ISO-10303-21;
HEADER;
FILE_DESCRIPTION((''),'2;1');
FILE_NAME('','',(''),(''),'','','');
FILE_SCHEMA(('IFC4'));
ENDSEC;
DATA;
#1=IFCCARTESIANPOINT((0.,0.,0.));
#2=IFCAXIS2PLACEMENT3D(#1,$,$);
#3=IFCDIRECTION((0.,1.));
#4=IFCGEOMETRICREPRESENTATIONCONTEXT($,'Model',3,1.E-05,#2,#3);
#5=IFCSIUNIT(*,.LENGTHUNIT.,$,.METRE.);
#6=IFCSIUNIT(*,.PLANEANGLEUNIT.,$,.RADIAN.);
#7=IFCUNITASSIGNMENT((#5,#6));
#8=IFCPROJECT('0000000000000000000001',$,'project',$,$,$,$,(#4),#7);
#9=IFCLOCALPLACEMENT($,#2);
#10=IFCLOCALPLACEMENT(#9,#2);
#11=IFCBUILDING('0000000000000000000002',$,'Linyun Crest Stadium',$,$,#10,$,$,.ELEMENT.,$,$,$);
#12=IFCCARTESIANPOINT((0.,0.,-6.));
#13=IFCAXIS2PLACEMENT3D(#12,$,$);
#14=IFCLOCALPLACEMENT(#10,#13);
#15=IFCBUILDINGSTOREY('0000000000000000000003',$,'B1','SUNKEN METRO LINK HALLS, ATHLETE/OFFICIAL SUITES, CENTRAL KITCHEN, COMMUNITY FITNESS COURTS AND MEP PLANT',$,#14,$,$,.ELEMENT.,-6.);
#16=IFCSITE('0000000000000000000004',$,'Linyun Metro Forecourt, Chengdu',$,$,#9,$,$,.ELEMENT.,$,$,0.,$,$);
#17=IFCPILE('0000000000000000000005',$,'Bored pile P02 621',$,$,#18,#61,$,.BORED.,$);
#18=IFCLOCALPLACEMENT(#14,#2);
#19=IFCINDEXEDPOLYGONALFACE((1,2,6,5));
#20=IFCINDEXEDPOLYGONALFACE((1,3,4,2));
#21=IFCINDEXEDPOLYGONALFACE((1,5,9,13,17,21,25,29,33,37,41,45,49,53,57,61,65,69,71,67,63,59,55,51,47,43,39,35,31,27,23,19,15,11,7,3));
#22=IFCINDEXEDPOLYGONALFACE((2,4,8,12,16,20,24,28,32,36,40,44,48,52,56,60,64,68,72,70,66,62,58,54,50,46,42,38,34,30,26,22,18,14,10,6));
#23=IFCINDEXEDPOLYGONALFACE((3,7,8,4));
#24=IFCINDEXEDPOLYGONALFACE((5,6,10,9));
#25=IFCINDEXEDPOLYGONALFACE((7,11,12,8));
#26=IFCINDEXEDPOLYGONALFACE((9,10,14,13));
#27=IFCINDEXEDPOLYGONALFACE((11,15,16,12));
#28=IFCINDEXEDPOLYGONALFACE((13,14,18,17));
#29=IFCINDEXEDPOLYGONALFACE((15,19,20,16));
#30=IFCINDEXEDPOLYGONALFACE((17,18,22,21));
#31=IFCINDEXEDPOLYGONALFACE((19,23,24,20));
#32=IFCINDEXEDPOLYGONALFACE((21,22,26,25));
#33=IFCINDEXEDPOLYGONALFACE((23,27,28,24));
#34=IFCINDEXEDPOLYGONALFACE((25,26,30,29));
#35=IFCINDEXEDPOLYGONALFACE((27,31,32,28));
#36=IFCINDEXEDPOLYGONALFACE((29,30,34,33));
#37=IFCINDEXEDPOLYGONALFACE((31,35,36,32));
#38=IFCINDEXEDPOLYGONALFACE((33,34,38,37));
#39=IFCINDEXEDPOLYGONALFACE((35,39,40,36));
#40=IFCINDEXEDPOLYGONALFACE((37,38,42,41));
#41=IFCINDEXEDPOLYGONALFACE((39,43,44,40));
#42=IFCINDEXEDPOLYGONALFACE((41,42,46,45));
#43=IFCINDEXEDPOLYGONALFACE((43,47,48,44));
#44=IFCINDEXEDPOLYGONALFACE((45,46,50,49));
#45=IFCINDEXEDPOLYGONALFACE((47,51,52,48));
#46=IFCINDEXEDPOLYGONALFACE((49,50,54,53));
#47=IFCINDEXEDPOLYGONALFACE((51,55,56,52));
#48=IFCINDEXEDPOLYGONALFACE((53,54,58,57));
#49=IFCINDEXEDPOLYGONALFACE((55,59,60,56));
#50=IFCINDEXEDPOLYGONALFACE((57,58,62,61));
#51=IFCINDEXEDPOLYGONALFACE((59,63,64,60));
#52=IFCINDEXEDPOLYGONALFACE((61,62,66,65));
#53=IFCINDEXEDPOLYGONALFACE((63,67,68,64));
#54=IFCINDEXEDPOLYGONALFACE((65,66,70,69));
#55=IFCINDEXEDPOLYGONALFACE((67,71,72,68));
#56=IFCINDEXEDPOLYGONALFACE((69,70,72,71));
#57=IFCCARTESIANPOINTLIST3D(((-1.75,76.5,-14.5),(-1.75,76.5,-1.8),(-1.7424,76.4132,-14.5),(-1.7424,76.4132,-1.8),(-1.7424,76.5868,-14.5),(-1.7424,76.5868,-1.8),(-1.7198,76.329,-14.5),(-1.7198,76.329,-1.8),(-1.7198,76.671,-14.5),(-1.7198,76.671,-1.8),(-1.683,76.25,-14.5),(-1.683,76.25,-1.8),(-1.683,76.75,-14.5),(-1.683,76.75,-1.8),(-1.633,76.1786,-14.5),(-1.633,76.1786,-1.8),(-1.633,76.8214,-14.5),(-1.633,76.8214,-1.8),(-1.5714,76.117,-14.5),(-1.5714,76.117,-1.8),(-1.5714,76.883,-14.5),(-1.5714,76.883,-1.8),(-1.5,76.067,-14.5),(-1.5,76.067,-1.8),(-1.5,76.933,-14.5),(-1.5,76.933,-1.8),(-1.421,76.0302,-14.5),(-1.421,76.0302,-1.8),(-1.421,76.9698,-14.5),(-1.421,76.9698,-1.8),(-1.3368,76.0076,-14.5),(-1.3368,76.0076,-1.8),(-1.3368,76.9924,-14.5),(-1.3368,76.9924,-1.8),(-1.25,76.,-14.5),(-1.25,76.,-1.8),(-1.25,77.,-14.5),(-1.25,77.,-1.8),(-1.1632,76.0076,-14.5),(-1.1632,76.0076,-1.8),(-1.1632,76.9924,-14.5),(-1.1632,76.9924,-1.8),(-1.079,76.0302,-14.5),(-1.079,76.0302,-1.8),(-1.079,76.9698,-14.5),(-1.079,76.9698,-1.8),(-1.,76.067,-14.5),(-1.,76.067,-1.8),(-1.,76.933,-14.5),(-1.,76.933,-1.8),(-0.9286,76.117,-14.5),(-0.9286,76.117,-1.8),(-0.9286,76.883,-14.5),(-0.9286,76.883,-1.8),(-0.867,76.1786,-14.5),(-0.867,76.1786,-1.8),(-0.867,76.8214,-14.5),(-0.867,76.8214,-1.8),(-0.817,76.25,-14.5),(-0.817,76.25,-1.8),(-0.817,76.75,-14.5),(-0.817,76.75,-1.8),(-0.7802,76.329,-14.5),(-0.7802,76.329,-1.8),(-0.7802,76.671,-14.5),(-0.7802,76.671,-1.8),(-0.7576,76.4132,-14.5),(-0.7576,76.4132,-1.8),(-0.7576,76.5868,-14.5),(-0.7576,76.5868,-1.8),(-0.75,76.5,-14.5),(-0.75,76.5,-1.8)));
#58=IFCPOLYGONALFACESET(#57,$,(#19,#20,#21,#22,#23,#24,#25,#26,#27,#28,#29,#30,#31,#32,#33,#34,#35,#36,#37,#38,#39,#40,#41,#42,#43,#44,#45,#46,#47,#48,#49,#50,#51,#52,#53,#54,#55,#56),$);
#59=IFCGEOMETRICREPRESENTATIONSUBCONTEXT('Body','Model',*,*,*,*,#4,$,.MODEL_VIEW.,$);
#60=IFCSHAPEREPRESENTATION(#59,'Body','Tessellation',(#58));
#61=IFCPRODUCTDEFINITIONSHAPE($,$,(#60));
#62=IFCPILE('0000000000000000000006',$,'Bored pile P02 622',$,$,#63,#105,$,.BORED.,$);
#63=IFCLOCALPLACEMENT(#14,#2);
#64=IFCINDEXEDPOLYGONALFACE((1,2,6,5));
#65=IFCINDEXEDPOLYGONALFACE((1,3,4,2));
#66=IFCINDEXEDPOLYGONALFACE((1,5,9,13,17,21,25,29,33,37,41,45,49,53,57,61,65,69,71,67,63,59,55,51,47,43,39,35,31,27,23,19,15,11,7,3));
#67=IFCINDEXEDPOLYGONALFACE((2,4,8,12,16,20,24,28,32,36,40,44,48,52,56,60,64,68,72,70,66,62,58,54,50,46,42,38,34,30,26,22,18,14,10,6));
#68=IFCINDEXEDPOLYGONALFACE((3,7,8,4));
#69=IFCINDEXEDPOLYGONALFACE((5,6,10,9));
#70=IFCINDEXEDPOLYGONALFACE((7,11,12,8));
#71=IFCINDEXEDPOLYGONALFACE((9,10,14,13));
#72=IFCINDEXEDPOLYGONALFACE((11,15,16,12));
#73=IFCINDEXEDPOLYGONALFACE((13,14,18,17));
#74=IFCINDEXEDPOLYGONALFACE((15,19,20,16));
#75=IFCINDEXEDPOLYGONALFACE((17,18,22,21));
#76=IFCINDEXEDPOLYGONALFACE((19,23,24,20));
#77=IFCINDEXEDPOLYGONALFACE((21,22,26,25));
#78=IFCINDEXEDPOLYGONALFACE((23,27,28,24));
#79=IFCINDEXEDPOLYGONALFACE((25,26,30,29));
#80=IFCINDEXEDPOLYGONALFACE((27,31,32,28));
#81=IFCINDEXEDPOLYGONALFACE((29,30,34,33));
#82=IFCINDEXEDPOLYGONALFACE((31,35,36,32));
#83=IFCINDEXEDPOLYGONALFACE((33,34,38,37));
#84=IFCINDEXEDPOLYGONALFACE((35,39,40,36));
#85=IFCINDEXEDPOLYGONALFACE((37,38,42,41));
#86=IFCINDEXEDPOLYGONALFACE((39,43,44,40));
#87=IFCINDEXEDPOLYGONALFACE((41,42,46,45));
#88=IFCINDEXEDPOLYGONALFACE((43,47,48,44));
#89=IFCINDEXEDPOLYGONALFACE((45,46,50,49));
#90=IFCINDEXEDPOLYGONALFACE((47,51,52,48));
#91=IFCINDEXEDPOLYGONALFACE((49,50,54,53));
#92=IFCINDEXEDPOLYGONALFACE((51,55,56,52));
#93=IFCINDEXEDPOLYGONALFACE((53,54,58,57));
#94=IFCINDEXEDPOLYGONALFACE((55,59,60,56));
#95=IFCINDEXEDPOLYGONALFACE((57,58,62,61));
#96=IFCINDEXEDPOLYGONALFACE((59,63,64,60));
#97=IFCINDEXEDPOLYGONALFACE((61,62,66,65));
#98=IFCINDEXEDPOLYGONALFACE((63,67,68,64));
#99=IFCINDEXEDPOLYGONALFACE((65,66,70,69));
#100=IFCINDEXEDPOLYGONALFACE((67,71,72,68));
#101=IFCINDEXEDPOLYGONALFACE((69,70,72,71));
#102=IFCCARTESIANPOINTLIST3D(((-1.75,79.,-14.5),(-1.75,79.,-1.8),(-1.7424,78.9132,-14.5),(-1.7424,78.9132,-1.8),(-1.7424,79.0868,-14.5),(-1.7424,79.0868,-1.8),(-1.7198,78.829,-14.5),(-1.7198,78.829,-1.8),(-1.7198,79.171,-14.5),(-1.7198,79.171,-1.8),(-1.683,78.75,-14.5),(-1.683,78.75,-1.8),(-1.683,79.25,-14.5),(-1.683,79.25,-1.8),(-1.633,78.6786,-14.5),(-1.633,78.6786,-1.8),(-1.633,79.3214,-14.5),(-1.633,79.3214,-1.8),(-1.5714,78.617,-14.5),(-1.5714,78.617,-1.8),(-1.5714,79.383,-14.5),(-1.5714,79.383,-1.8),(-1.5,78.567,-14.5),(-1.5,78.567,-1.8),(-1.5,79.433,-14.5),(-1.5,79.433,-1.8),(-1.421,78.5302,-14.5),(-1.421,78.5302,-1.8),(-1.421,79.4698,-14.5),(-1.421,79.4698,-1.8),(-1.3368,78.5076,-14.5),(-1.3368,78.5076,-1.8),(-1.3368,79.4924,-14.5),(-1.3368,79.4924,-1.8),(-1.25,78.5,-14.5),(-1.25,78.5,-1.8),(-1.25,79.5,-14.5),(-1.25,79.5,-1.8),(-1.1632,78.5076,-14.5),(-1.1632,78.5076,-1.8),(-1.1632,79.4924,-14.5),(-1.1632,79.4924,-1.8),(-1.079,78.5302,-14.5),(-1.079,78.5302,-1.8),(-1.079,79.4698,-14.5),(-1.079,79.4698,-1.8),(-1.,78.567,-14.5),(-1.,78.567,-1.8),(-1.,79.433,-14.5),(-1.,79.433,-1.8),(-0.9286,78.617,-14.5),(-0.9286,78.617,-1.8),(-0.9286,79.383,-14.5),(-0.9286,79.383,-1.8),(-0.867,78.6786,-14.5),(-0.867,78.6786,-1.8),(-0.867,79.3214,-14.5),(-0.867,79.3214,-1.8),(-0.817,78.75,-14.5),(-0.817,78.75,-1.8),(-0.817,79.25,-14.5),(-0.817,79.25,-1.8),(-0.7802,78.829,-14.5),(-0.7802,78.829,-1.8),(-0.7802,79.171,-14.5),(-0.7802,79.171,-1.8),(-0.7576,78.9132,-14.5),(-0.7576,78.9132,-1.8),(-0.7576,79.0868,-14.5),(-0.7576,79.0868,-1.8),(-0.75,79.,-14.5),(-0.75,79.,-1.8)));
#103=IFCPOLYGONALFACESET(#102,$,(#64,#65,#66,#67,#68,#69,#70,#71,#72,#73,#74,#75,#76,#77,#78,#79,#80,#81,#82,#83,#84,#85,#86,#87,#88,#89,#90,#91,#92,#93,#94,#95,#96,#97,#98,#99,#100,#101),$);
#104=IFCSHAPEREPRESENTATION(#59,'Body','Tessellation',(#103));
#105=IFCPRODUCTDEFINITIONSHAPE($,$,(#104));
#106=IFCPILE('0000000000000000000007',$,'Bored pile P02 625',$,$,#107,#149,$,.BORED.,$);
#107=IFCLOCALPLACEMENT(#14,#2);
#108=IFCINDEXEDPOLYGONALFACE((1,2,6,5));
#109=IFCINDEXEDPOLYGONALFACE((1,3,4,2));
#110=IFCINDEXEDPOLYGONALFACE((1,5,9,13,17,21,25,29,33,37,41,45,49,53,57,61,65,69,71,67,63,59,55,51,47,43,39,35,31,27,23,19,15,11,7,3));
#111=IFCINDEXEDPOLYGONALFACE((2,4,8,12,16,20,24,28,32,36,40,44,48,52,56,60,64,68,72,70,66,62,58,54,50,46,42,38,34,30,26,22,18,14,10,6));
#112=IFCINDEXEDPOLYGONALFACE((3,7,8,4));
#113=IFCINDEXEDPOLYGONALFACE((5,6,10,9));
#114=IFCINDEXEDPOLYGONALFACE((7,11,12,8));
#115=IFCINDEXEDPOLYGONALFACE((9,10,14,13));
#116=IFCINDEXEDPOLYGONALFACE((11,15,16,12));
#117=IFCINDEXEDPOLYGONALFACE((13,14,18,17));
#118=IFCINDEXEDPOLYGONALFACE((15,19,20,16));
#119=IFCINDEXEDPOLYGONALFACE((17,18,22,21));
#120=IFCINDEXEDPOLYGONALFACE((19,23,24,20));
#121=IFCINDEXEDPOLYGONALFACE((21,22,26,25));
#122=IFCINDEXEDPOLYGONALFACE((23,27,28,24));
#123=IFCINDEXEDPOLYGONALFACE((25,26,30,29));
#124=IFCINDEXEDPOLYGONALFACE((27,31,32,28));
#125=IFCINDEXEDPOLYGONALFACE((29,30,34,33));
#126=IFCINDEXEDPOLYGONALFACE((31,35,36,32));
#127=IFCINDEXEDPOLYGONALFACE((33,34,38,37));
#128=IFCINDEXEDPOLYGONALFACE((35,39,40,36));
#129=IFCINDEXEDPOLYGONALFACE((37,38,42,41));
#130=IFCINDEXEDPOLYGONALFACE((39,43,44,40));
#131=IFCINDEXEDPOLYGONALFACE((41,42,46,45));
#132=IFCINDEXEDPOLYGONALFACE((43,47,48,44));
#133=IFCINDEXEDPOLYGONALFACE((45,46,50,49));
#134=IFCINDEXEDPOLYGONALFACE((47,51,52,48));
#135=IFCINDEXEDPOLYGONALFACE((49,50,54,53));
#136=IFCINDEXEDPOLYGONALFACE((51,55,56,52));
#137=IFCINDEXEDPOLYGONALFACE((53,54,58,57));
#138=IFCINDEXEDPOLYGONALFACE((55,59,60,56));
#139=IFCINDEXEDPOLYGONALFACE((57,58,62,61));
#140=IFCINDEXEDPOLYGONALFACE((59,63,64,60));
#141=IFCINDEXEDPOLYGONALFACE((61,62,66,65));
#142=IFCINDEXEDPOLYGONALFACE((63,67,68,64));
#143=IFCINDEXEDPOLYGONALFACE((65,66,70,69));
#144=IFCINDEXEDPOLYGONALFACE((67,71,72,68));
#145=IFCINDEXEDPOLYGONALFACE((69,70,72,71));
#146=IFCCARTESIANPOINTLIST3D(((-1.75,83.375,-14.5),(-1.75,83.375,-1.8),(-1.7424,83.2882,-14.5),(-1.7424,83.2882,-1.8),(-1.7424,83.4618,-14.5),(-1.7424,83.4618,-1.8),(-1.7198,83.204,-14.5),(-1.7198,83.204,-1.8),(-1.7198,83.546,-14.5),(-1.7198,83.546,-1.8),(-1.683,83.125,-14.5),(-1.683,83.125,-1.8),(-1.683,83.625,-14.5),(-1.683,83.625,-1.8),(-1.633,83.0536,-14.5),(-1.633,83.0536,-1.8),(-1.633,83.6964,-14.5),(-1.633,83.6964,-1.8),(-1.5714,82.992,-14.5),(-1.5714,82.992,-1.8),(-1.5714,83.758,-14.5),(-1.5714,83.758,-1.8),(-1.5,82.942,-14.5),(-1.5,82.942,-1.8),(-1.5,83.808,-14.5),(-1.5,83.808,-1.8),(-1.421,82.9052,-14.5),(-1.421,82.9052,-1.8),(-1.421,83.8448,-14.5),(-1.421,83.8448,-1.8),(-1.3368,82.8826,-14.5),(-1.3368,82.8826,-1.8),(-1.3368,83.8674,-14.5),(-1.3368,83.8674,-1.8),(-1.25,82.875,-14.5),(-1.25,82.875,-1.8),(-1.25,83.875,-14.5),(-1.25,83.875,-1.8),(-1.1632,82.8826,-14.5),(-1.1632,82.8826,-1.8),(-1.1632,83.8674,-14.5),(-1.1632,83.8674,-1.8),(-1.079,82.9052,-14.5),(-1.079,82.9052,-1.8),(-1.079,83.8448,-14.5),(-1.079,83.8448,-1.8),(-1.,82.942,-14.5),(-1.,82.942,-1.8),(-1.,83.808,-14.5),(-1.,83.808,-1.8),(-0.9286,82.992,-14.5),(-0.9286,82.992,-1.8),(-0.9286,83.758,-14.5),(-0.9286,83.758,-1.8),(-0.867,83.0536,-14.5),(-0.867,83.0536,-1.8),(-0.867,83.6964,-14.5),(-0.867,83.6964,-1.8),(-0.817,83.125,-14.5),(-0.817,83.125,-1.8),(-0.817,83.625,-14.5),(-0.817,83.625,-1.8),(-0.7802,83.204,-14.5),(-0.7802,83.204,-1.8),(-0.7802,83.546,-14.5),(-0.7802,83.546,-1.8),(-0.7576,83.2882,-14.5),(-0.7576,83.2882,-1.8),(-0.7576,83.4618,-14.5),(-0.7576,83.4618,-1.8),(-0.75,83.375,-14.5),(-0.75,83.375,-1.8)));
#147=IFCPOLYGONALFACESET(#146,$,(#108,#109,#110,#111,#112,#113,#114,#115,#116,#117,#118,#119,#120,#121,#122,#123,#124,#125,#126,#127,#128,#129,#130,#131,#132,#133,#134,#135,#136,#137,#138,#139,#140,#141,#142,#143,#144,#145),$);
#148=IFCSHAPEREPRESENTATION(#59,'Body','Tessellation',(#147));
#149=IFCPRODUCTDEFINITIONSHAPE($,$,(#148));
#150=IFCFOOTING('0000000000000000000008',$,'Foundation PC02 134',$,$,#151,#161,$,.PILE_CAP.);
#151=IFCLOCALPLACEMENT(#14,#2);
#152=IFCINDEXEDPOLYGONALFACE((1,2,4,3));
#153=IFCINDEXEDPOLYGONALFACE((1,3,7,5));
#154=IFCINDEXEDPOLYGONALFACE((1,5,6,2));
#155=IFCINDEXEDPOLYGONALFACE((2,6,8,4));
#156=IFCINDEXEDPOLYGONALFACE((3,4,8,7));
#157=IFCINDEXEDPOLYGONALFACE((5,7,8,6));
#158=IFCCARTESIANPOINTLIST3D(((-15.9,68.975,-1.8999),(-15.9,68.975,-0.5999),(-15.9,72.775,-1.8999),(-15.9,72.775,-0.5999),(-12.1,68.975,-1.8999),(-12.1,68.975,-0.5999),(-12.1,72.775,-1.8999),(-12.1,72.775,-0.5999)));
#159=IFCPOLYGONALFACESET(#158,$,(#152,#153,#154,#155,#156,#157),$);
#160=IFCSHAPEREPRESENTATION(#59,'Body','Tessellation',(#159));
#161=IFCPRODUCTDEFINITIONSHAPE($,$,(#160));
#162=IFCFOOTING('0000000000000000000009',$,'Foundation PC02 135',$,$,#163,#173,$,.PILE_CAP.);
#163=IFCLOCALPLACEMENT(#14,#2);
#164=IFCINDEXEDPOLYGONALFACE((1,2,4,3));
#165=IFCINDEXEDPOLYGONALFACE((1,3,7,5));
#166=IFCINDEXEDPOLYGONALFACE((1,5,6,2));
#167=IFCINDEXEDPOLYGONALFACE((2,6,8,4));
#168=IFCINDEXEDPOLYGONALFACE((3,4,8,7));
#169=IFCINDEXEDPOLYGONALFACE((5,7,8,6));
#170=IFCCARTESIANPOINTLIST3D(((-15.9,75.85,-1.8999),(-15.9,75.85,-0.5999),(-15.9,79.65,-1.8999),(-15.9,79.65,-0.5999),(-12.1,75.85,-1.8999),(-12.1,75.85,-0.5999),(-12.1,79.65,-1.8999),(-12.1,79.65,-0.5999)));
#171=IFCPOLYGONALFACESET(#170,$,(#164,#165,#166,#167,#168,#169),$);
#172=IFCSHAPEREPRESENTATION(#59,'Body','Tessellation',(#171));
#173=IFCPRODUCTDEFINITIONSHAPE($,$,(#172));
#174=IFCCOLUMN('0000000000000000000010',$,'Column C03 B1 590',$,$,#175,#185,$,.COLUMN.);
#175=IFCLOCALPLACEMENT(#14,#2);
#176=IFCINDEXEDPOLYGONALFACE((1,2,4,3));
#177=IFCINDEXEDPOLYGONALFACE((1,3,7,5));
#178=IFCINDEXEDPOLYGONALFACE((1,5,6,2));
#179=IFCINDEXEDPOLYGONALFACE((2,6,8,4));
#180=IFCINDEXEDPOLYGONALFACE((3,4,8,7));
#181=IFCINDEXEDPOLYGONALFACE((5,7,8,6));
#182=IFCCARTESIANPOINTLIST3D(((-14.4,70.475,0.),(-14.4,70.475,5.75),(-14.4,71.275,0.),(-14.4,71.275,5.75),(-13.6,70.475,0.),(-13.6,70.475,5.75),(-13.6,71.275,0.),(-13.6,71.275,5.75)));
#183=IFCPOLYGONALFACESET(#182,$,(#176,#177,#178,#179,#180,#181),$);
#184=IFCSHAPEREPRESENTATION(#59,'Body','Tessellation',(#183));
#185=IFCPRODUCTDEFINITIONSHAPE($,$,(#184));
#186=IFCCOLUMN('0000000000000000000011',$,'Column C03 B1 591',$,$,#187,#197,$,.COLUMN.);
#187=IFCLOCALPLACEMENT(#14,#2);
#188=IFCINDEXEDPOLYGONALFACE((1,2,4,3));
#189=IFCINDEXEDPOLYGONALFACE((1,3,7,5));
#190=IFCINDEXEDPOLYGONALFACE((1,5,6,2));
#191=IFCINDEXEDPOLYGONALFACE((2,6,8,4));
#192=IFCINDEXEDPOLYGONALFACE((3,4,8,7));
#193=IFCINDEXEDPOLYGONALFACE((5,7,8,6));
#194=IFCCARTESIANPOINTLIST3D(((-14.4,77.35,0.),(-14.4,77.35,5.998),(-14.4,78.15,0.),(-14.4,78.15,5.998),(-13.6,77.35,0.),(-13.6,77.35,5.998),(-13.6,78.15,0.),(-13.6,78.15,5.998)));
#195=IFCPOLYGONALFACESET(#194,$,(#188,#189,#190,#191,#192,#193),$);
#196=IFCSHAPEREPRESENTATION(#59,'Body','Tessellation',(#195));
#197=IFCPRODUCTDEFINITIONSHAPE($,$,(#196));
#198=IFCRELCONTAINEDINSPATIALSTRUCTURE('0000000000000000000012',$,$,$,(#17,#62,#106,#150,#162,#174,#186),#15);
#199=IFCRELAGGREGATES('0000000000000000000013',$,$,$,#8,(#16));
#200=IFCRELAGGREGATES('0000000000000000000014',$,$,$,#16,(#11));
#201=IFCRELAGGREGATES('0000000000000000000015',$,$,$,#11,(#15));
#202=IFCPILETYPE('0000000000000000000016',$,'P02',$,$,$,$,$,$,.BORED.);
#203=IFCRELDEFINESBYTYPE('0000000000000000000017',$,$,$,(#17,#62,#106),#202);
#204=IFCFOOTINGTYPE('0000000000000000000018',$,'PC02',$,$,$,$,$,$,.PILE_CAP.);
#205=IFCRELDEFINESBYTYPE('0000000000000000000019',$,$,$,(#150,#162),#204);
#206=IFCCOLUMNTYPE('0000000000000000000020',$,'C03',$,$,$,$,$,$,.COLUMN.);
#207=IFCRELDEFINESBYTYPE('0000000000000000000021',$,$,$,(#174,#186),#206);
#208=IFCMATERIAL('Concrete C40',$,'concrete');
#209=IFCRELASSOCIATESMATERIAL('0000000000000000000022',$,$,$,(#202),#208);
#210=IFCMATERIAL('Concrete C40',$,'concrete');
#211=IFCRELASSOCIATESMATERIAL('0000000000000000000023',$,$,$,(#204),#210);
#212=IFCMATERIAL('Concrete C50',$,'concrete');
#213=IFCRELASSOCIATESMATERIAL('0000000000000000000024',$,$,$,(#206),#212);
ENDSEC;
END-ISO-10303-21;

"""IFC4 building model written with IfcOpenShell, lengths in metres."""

from ifc_helpers import new_model, si_unit, direction, frame, origin, origin_2d, place, context, subcontext, project, spatial, rectangle, circle, extrude, material, material_profile, profile_set, type_object, element, save


model = new_model("IFC4")

# Units and contexts
model_context = context("Model", 3, precision=1e-05, world=origin(), true_north=direction((0.0, 1.0)))
body_context = subcontext(model_context, "Body", "Model", "MODEL_VIEW")
ifc_project = project(units=[si_unit("LENGTHUNIT", "METRE"), si_unit("PLANEANGLEUNIT", "RADIAN")], contexts=[model_context])

# Site, building, storey
site_placement = place(None, origin())
site = spatial("IfcSite", under=ifc_project, at=site_placement, Name="Linyun Metro Forecourt, Chengdu", CompositionType="ELEMENT", RefElevation=0.0)
building_placement = place(site_placement, origin())
building = spatial("IfcBuilding", under=site, at=building_placement, Name="Linyun Crest Stadium", CompositionType="ELEMENT")
storey_placement = place(building_placement, frame((0.0, 0.0, -6.0)))
storey = spatial("IfcBuildingStorey", under=building, at=storey_placement, Name="B1", Description="SUNKEN METRO LINK HALLS, ATHLETE/OFFICIAL SUITES, CENTRAL KITCHEN, COMMUNITY FITNESS COURTS AND MEP PLANT", CompositionType="ELEMENT", Elevation=-6.0)

# Piles
ifc_material_1 = material(Name="Concrete C40", Category="concrete")
ifc_material_profile_1 = material_profile(ifc_material_1, circle(Radius=0.5, at=origin_2d()), Name="BORED PILE 1000")
ifc_profile_set_1 = profile_set([ifc_material_profile_1], Name="Concrete C40")
pile_type = type_object("IfcPileType", Name="P02", PredefinedType="BORED", material=ifc_profile_set_1)
for number, where, z_axis, x_axis, name in (
    (1, (-1.25, 76.5, -1.8), (0.0, 0.0, -1.0), (1.0, 0.0, 0.0), "Bored pile P02 621"),
    (2, (-1.25, 79.0, -1.8), (0.0, 0.0, -1.0), (1.0, 0.0, 0.0), "Bored pile P02 622"),
    (3, (-1.25, 83.375, -1.8), (0.0, 0.0, -1.0), (1.0, 0.0, 0.0), "Bored pile P02 625"),
):
    element("IfcPile", number, at=place(storey_placement, frame(where, z_axis=z_axis, x_axis=x_axis)), inside=storey, type_object=pile_type, Name=name, PredefinedType="BORED", context=body_context, shape_type="SweptSolid", body=[
        extrude(circle(Radius=0.5, at=origin_2d()), origin(), (0.0, 0.0, 1.0), 12.7),
    ])

# Footings
ifc_material_2 = material(Name="Concrete C40", Category="concrete")
footing_type = type_object("IfcFootingType", Name="PC02", PredefinedType="PILE_CAP", material=ifc_material_2)
for number, where, z_axis, x_axis, name in (
    (4, (-14.0, 70.875, -1.8999), (0.0, 0.0, 1.0), (1.0, 0.0, 0.0), "Foundation PC02 134"),
    (5, (-14.0, 77.75, -1.8999), (0.0, 0.0, 1.0), (1.0, 0.0, 0.0), "Foundation PC02 135"),
):
    element("IfcFooting", number, at=place(storey_placement, frame(where, z_axis=z_axis, x_axis=x_axis)), inside=storey, type_object=footing_type, Name=name, PredefinedType="PILE_CAP", context=body_context, shape_type="SweptSolid", body=[
        extrude(rectangle(XDim=3.8, YDim=3.8, at=origin_2d()), origin(), (0.0, 0.0, 1.0), 1.3),
    ])

# Columns
ifc_material_3 = material(Name="Concrete C50", Category="concrete")
ifc_material_profile_2 = material_profile(ifc_material_3, rectangle(XDim=0.8, YDim=0.8, at=origin_2d()), Name="RC 800x800")
ifc_profile_set_2 = profile_set([ifc_material_profile_2], Name="Concrete C50")
column_type = type_object("IfcColumnType", Name="C03", PredefinedType="COLUMN", material=ifc_profile_set_2)
column_1_placement = place(storey_placement, frame((-14.0, 70.875, 0.0), z_axis=(0.0, 0.0, 1.0), x_axis=(1.0, 0.0, 0.0)))
element("IfcColumn", 6, at=column_1_placement, inside=storey, type_object=column_type, Name="Column C03 B1 590", PredefinedType="COLUMN", context=body_context, shape_type="SweptSolid", body=[
    extrude(rectangle(XDim=0.8, YDim=0.8, at=origin_2d()), origin(), (0.0, 0.0, 1.0), 5.75),
])
column_2_placement = place(storey_placement, frame((-14.0, 77.75, 0.0), z_axis=(0.0, 0.0, 1.0), x_axis=(1.0, 0.0, 0.0)))
element("IfcColumn", 7, at=column_2_placement, inside=storey, type_object=column_type, Name="Column C03 B1 591", PredefinedType="COLUMN", context=body_context, shape_type="SweptSolid", body=[
    extrude(rectangle(XDim=0.8, YDim=0.8, at=origin_2d()), origin(), (0.0, 0.0, 1.0), 5.998),
])

save(model, "model.ifc")
